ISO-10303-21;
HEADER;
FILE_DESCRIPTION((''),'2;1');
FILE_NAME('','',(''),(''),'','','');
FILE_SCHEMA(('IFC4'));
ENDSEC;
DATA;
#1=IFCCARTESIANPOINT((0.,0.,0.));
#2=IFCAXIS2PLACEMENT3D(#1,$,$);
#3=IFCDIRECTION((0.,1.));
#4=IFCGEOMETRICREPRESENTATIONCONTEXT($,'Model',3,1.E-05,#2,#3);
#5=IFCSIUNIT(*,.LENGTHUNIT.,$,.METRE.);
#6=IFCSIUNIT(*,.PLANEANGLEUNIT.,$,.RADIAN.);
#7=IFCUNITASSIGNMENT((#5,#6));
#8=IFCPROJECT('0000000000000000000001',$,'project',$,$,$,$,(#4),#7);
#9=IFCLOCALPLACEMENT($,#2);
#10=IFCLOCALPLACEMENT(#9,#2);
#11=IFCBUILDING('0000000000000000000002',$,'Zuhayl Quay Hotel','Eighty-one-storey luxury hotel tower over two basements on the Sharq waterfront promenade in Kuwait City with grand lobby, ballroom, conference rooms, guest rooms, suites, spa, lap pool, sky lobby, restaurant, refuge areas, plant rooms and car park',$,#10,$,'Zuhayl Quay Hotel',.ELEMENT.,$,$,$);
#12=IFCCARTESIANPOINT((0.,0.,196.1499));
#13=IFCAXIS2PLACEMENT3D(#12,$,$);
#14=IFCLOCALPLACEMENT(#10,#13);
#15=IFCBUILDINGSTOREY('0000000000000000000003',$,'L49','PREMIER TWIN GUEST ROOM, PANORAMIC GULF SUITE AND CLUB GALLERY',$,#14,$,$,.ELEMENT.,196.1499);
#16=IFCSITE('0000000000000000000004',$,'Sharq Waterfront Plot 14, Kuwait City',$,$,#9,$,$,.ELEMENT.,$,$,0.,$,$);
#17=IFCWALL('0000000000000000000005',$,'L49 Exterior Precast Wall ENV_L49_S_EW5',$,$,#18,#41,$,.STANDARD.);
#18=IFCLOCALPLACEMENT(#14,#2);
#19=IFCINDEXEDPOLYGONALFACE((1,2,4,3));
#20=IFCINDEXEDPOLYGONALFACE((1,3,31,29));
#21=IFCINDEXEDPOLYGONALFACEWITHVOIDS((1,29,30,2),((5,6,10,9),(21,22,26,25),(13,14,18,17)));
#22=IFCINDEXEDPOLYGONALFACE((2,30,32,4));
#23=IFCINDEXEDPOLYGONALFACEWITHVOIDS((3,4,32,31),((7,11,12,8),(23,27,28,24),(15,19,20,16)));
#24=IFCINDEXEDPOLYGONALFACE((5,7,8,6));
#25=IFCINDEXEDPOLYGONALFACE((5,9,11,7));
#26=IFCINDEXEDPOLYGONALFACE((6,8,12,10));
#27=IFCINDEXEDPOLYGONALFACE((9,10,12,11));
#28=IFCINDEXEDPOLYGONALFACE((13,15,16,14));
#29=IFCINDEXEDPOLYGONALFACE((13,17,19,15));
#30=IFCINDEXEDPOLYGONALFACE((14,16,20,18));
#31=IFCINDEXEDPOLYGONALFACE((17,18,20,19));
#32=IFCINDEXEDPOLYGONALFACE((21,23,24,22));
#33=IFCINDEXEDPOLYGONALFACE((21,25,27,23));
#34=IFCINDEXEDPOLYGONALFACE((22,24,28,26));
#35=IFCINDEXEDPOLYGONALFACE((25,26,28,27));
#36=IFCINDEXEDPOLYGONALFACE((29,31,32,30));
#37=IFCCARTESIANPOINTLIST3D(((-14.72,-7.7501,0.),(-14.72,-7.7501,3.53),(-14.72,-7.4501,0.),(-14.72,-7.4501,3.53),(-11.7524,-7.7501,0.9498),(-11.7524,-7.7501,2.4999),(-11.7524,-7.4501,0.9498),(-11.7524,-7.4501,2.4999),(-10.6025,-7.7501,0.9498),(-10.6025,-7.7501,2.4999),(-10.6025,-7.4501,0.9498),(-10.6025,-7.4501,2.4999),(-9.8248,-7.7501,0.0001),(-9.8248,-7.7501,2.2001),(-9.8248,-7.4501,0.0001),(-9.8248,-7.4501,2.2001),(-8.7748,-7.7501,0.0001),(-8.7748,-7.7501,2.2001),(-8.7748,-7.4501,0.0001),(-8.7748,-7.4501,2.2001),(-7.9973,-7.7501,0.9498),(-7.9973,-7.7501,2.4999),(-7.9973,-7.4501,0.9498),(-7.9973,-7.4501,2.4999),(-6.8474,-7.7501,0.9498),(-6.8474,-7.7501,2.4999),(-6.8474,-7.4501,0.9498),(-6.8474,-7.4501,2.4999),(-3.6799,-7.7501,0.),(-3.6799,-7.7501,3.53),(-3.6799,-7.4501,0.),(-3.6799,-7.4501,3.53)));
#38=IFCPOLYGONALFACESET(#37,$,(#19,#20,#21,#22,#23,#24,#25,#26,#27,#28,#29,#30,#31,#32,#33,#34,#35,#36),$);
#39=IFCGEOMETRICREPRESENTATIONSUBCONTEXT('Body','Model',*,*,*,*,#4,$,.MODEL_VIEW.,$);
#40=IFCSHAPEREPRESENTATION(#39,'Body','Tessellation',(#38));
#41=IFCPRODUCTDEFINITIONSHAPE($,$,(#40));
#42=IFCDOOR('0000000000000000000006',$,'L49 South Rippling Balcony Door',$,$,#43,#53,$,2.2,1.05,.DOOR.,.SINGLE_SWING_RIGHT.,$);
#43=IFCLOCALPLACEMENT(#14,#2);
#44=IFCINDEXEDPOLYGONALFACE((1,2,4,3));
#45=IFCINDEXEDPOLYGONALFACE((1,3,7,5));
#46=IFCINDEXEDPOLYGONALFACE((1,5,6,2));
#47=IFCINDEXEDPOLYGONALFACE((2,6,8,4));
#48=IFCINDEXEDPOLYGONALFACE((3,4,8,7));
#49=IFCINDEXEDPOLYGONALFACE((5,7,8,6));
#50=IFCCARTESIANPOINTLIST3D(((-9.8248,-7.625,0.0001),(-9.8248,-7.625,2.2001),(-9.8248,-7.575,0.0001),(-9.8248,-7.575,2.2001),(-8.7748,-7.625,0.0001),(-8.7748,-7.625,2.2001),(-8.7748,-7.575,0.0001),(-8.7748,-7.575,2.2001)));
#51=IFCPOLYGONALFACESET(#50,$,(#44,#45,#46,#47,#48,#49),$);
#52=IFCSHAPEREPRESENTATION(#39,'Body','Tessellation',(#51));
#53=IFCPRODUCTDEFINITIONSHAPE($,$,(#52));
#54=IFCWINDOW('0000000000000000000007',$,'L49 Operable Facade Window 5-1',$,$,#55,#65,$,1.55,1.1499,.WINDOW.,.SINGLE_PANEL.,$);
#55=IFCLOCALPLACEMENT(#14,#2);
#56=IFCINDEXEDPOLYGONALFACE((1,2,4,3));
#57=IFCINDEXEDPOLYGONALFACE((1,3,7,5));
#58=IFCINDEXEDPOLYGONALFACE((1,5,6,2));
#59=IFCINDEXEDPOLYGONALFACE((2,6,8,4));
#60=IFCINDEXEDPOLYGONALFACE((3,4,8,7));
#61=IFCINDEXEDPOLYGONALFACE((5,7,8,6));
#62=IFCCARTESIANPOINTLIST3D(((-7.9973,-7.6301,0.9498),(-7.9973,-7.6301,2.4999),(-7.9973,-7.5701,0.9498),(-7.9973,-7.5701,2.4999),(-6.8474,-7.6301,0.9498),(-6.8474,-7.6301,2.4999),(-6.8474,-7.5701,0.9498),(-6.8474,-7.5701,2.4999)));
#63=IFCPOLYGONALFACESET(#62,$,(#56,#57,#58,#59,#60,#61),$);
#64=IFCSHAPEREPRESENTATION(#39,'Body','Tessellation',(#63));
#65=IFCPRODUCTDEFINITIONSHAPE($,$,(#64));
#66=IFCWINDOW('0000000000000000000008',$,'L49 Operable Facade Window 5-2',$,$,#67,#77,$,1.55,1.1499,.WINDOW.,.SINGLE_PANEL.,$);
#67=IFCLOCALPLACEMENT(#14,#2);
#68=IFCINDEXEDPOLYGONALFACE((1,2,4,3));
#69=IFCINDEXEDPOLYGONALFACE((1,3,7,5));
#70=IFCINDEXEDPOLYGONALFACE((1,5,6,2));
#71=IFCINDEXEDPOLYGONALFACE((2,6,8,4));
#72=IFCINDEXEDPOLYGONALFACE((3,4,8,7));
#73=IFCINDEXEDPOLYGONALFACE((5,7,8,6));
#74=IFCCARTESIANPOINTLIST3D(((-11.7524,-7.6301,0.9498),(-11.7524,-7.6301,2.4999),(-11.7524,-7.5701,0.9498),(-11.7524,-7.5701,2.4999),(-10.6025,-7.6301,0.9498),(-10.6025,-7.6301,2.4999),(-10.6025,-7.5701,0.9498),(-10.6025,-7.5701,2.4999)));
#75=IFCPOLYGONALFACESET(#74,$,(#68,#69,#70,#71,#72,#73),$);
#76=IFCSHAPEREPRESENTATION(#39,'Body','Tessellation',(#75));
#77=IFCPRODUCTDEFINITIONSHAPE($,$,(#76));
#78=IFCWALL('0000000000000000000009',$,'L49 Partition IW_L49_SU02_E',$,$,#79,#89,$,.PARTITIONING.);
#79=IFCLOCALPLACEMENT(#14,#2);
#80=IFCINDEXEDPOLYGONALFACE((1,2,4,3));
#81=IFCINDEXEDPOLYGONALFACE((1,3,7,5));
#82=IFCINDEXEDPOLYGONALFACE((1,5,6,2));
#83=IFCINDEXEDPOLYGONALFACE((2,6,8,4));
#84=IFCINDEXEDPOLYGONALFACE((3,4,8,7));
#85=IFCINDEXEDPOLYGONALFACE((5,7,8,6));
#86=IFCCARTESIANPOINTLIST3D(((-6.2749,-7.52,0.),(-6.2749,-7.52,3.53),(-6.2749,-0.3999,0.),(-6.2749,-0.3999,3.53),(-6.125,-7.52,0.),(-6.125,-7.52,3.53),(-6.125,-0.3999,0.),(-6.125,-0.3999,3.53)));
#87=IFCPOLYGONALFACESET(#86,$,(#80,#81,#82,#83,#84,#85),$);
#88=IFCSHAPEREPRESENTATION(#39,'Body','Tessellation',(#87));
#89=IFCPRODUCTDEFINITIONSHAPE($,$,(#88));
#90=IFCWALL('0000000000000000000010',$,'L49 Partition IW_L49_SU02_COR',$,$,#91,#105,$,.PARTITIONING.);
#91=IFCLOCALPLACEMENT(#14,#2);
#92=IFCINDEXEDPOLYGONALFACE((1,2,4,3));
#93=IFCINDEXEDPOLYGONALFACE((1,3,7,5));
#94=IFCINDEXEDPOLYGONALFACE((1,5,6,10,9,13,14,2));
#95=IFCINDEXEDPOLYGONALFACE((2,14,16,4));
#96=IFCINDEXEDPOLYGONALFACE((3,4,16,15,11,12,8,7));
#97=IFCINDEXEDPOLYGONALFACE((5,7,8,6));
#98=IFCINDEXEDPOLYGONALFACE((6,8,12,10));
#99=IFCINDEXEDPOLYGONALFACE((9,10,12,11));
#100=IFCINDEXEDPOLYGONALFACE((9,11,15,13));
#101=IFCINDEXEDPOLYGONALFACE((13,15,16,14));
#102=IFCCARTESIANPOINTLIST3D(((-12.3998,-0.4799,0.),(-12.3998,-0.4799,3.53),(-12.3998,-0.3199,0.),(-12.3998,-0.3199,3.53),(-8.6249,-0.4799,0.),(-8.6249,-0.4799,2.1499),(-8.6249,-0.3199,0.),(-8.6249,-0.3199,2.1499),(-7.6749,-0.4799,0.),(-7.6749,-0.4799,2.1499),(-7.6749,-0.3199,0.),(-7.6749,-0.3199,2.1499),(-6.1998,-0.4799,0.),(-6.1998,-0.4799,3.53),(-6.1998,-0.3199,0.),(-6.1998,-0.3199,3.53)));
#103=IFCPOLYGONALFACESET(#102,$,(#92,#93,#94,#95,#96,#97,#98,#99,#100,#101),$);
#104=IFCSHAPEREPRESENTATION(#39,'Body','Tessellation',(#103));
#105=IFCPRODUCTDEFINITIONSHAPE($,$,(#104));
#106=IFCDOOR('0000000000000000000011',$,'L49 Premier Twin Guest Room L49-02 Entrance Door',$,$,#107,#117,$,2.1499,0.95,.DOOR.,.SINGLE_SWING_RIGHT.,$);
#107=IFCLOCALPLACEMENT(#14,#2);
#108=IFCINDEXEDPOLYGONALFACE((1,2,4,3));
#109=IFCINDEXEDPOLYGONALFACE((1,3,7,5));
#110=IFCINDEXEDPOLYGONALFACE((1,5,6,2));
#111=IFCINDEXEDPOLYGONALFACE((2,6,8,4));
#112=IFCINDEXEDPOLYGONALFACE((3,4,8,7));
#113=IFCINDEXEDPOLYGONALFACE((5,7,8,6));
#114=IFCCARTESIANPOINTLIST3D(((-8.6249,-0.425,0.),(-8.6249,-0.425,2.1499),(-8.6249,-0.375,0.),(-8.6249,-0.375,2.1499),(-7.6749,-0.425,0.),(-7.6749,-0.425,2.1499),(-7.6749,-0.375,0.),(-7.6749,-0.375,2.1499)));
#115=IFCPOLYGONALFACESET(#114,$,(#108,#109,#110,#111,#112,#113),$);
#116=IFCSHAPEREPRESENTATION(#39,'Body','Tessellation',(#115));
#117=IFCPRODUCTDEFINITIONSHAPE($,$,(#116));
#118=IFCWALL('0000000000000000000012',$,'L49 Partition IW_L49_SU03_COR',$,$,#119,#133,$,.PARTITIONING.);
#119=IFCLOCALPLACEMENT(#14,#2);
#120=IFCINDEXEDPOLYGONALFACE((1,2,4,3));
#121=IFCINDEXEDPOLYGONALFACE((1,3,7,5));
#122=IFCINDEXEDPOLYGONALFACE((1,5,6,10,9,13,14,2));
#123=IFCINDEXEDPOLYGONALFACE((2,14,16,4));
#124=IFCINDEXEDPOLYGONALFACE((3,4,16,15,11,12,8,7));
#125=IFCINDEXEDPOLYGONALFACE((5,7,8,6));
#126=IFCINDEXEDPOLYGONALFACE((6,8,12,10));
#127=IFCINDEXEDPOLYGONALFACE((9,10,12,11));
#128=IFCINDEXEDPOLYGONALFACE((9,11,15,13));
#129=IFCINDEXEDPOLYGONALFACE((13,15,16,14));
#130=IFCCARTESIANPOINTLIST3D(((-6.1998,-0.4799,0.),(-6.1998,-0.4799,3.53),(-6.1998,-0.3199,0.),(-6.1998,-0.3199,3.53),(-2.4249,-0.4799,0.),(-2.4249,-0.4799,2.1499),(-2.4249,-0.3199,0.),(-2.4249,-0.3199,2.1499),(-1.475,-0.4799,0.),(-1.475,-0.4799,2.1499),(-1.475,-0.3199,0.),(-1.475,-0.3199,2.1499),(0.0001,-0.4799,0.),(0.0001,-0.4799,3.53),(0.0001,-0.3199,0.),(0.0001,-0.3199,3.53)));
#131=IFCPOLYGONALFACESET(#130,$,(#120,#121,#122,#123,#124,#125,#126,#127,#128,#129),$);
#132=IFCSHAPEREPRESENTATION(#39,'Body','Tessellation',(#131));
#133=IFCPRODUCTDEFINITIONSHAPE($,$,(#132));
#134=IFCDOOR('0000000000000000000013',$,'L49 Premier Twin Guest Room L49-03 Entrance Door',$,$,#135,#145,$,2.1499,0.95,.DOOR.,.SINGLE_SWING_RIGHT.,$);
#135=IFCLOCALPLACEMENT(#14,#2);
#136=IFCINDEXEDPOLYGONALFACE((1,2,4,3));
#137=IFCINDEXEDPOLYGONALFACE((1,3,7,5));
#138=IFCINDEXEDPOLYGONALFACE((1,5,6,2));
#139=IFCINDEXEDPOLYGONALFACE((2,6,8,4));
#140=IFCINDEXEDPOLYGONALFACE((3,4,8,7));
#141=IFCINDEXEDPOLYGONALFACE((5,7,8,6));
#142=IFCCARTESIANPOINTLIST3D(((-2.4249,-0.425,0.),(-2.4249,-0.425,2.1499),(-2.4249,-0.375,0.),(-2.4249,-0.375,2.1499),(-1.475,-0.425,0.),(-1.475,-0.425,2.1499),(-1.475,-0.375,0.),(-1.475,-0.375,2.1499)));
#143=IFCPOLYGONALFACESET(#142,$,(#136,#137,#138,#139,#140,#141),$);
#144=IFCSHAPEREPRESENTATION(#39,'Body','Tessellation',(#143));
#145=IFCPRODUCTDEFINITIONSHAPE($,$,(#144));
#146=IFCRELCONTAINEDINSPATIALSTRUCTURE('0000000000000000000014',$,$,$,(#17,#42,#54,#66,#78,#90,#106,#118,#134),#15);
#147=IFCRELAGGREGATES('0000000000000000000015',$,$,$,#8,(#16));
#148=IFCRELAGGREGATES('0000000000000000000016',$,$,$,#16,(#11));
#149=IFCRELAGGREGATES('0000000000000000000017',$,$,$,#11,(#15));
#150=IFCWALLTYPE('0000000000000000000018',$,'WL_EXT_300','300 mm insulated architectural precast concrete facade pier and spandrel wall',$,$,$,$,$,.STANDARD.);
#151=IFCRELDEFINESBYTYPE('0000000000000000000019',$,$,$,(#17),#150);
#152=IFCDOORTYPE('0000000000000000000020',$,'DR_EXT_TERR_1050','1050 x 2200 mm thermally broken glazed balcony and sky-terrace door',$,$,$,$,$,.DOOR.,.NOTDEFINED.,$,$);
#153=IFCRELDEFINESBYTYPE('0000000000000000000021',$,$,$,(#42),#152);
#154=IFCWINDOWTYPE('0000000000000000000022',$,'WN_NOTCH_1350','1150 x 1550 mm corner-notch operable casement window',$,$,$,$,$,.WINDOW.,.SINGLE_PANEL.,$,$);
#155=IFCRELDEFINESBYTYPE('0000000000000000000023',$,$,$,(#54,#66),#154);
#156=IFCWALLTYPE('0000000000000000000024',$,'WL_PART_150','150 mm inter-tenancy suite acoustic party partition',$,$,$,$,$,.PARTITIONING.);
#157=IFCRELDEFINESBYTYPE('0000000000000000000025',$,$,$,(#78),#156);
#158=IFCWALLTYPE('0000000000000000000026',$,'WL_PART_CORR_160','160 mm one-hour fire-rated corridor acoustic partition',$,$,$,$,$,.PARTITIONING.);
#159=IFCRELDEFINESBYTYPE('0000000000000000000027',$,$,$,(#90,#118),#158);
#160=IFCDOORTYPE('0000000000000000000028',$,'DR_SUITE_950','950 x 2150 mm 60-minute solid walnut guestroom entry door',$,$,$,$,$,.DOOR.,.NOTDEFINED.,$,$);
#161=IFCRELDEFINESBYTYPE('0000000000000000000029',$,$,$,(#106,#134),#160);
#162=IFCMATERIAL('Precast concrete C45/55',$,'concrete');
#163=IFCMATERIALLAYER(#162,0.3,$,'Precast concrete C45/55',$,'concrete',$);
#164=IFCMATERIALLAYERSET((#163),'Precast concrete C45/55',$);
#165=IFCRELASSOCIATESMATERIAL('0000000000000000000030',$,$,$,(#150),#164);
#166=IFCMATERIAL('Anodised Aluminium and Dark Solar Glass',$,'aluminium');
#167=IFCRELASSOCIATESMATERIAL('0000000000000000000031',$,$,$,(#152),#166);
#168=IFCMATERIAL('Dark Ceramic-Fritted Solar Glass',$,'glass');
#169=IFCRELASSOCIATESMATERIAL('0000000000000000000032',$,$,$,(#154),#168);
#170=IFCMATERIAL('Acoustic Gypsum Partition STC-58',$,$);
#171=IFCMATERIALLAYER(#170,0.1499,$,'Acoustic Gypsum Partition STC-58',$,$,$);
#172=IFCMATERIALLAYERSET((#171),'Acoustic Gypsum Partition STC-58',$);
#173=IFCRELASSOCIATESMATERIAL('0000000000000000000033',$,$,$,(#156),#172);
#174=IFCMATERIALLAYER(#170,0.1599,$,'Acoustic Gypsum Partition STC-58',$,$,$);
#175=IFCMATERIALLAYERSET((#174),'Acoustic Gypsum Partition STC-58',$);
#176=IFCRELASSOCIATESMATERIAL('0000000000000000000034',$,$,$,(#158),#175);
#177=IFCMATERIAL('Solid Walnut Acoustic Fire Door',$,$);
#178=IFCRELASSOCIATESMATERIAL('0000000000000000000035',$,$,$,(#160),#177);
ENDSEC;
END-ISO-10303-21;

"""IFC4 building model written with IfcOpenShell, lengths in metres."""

from ifc_helpers import new_model, si_unit, direction, frame, frame_2d, origin, place, context, subcontext, project, spatial, rectangle, extrude, material, layer, layer_set, type_object, element, fill, save


model = new_model("IFC4")

# Units and contexts
model_context = context("Model", 3, precision=1e-05, world=origin(), true_north=direction((0.0, 1.0)))
body_context = subcontext(model_context, "Body", "Model", "MODEL_VIEW")
ifc_project = project(units=[si_unit("LENGTHUNIT", "METRE"), si_unit("PLANEANGLEUNIT", "RADIAN")], contexts=[model_context])

# Site, building, storey
site_placement = place(None, origin())
site = spatial("IfcSite", under=ifc_project, at=site_placement, Name="Sharq Waterfront Plot 14, Kuwait City", CompositionType="ELEMENT", RefElevation=0.0)
building_placement = place(site_placement, origin())
building = spatial("IfcBuilding", under=site, at=building_placement, Name="Zuhayl Quay Hotel", Description="Eighty-one-storey luxury hotel tower over two basements on the Sharq waterfront promenade in Kuwait City with grand lobby, ballroom, conference rooms, guest rooms, suites, spa, lap pool, sky lobby, restaurant, refuge areas, plant rooms and car park", LongName="Zuhayl Quay Hotel", CompositionType="ELEMENT")
storey_placement = place(building_placement, frame((0.0, 0.0, 196.1499)))
storey = spatial("IfcBuildingStorey", under=building, at=storey_placement, Name="L49", Description="PREMIER TWIN GUEST ROOM, PANORAMIC GULF SUITE AND CLUB GALLERY", CompositionType="ELEMENT", Elevation=196.1499)

# Shared definitions
ifc_material_1 = material(Name="Dark Ceramic-Fritted Solar Glass", Category="glass")

# Wall, openings, door, windows
ifc_material_2 = material(Name="Precast concrete C45/55", Category="concrete")
ifc_layer_1 = layer(ifc_material_2, 0.3, Name="Precast concrete C45/55", Category="concrete")
ifc_layer_set_1 = layer_set([ifc_layer_1], Name="Precast concrete C45/55")
wall_type_1 = type_object("IfcWallType", Name="WL_EXT_300", Description="300 mm insulated architectural precast concrete facade pier and spandrel wall", PredefinedType="STANDARD", material=ifc_layer_set_1)
wall_1_placement = place(storey_placement, frame((-3.6799, -7.6001, 0.0), z_axis=(0.0, 0.0, 1.0), x_axis=(-1.0, 0.0, 0.0)))
wall_1 = element("IfcWall", 1, at=wall_1_placement, inside=storey, type_object=wall_type_1, Name="L49 Exterior Precast Wall ENV_L49_S_EW5", PredefinedType="STANDARD", context=body_context, shape_type="SweptSolid", body=[
    extrude(rectangle(XDim=11.04, YDim=0.3, at=frame_2d((5.52, 0.0))), origin(), (0.0, 0.0, 1.0), 3.53),
])
opening_1_placement = place(wall_1_placement, frame((5.095, 0.0, 0.0)))
opening_1 = element("IfcOpeningElement", 2, at=opening_1_placement, cuts=wall_1, PredefinedType="OPENING", context=body_context, shape_type="SweptSolid", body=[
    extrude(rectangle(XDim=1.05, YDim=2.2, at=frame_2d((0.5249, 1.1001))), frame((0.0, 0.1599, 0.0), z_axis=(0.0, -1.0, 0.0), x_axis=(1.0, 0.0, 0.0)), (0.0, 0.0, 1.0), 0.3201),
])
opening_2_placement = place(wall_1_placement, frame((3.1675, 0.0, 0.95)))
opening_2 = element("IfcOpeningElement", 3, at=opening_2_placement, cuts=wall_1, PredefinedType="OPENING", context=body_context, shape_type="SweptSolid", body=[
    extrude(rectangle(XDim=1.1499, YDim=1.55, at=frame_2d((0.575, 0.7749))), frame((0.0, 0.1599, 0.0), z_axis=(0.0, -1.0, 0.0), x_axis=(1.0, 0.0, 0.0)), (0.0, 0.0, 1.0), 0.3201),
])
opening_3_placement = place(wall_1_placement, frame((6.9226, 0.0, 0.95)))
opening_3 = element("IfcOpeningElement", 4, at=opening_3_placement, cuts=wall_1, PredefinedType="OPENING", context=body_context, shape_type="SweptSolid", body=[
    extrude(rectangle(XDim=1.1499, YDim=1.55, at=frame_2d((0.575, 0.7749))), frame((0.0, 0.1599, 0.0), z_axis=(0.0, -1.0, 0.0), x_axis=(1.0, 0.0, 0.0)), (0.0, 0.0, 1.0), 0.3201),
])
ifc_material_3 = material(Name="Anodised Aluminium and Dark Solar Glass", Category="aluminium")
door_type_1 = type_object("IfcDoorType", Name="DR_EXT_TERR_1050", Description="1050 x 2200 mm thermally broken glazed balcony and sky-terrace door", OperationType="NOTDEFINED", PredefinedType="DOOR", material=ifc_material_3)
door_1_placement = place(opening_1_placement, origin())
door_1 = element("IfcDoor", 5, at=door_1_placement, inside=storey, type_object=door_type_1, Name="L49 South Rippling Balcony Door", OperationType="SINGLE_SWING_RIGHT", OverallHeight=2.2, OverallWidth=1.05, PredefinedType="DOOR", context=body_context, shape_type="SweptSolid", body=[
    extrude(rectangle(XDim=1.05, YDim=2.2, at=frame_2d((0.5249, 1.1001))), frame((0.0, 0.0249, 0.0), z_axis=(0.0, -1.0, 0.0), x_axis=(1.0, 0.0, 0.0)), (0.0, 0.0, 1.0), 0.05),
])
fill(opening_1, door_1)
window_type = type_object("IfcWindowType", Name="WN_NOTCH_1350", Description="1150 x 1550 mm corner-notch operable casement window", PartitioningType="SINGLE_PANEL", PredefinedType="WINDOW", material=ifc_material_1)
window_1_placement = place(opening_2_placement, origin())
window_1 = element("IfcWindow", 6, at=window_1_placement, inside=storey, type_object=window_type, Name="L49 Operable Facade Window 5-1", OverallHeight=1.55, OverallWidth=1.1499, PartitioningType="SINGLE_PANEL", PredefinedType="WINDOW", context=body_context, shape_type="SweptSolid", body=[
    extrude(rectangle(XDim=1.1499, YDim=1.55, at=frame_2d((0.575, 0.7749))), frame((0.0, 0.03, 0.0), z_axis=(0.0, -1.0, 0.0), x_axis=(1.0, 0.0, 0.0)), (0.0, 0.0, 1.0), 0.0601),
])
fill(opening_2, window_1)
window_2_placement = place(opening_3_placement, origin())
window_2 = element("IfcWindow", 7, at=window_2_placement, inside=storey, type_object=window_type, Name="L49 Operable Facade Window 5-2", OverallHeight=1.55, OverallWidth=1.1499, PartitioningType="SINGLE_PANEL", PredefinedType="WINDOW", context=body_context, shape_type="SweptSolid", body=[
    extrude(rectangle(XDim=1.1499, YDim=1.55, at=frame_2d((0.575, 0.7749))), frame((0.0, 0.03, 0.0), z_axis=(0.0, -1.0, 0.0), x_axis=(1.0, 0.0, 0.0)), (0.0, 0.0, 1.0), 0.0601),
])
fill(opening_3, window_2)

# Wall
ifc_material_4 = material(Name="Acoustic Gypsum Partition STC-58")
ifc_layer_2 = layer(ifc_material_4, 0.1499, Name="Acoustic Gypsum Partition STC-58")
ifc_layer_set_2 = layer_set([ifc_layer_2], Name="Acoustic Gypsum Partition STC-58")
wall_type_2 = type_object("IfcWallType", Name="WL_PART_150", Description="150 mm inter-tenancy suite acoustic party partition", PredefinedType="PARTITIONING", material=ifc_layer_set_2)
wall_2_placement = place(storey_placement, frame((-6.2, -7.52, 0.0), z_axis=(0.0, 0.0, 1.0), x_axis=(0.0, 1.0, 0.0)))
element("IfcWall", 8, at=wall_2_placement, inside=storey, type_object=wall_type_2, Name="L49 Partition IW_L49_SU02_E", PredefinedType="PARTITIONING", context=body_context, shape_type="SweptSolid", body=[
    extrude(rectangle(XDim=7.1201, YDim=0.1499, at=frame_2d((3.5601, 0.0))), origin(), (0.0, 0.0, 1.0), 3.53),
])

# Walls, openings, doors
ifc_layer_3 = layer(ifc_material_4, 0.1599, Name="Acoustic Gypsum Partition STC-58")
ifc_layer_set_3 = layer_set([ifc_layer_3], Name="Acoustic Gypsum Partition STC-58")
wall_type_3 = type_object("IfcWallType", Name="WL_PART_CORR_160", Description="160 mm one-hour fire-rated corridor acoustic partition", PredefinedType="PARTITIONING", material=ifc_layer_set_3)
wall_3_placement = place(storey_placement, frame((-12.3999, -0.3999, 0.0), z_axis=(0.0, 0.0, 1.0), x_axis=(1.0, 0.0, 0.0)))
wall_3 = element("IfcWall", 9, at=wall_3_placement, inside=storey, type_object=wall_type_3, Name="L49 Partition IW_L49_SU02_COR", PredefinedType="PARTITIONING", context=body_context, shape_type="SweptSolid", body=[
    extrude(rectangle(XDim=6.2, YDim=0.1599, at=frame_2d((3.1001, 0.0))), origin(), (0.0, 0.0, 1.0), 3.53),
])
opening_4_placement = place(wall_3_placement, frame((3.7749, 0.0, 0.0)))
opening_4 = element("IfcOpeningElement", 10, at=opening_4_placement, cuts=wall_3, PredefinedType="OPENING", context=body_context, shape_type="SweptSolid", body=[
    extrude(rectangle(XDim=0.95, YDim=2.1499, at=frame_2d((0.4751, 1.075))), frame((0.0, 0.0898, 0.0), z_axis=(0.0, -1.0, 0.0), x_axis=(1.0, 0.0, 0.0)), (0.0, 0.0, 1.0), 0.1799),
])
ifc_material_5 = material(Name="Solid Walnut Acoustic Fire Door")
door_type_2 = type_object("IfcDoorType", Name="DR_SUITE_950", Description="950 x 2150 mm 60-minute solid walnut guestroom entry door", OperationType="NOTDEFINED", PredefinedType="DOOR", material=ifc_material_5)
door_2_placement = place(opening_4_placement, origin())
door_2 = element("IfcDoor", 11, at=door_2_placement, inside=storey, type_object=door_type_2, Name="L49 Premier Twin Guest Room L49-02 Entrance Door", OperationType="SINGLE_SWING_RIGHT", OverallHeight=2.1499, OverallWidth=0.95, PredefinedType="DOOR", context=body_context, shape_type="SweptSolid", body=[
    extrude(rectangle(XDim=0.95, YDim=2.1499, at=frame_2d((0.4751, 1.075))), frame((0.0, 0.0249, 0.0), z_axis=(0.0, -1.0, 0.0), x_axis=(1.0, 0.0, 0.0)), (0.0, 0.0, 1.0), 0.05),
])
fill(opening_4, door_2)
wall_4_placement = place(storey_placement, frame((-6.2, -0.3999, 0.0), z_axis=(0.0, 0.0, 1.0), x_axis=(1.0, 0.0, 0.0)))
wall_4 = element("IfcWall", 12, at=wall_4_placement, inside=storey, type_object=wall_type_3, Name="L49 Partition IW_L49_SU03_COR", PredefinedType="PARTITIONING", context=body_context, shape_type="SweptSolid", body=[
    extrude(rectangle(XDim=6.2, YDim=0.1599, at=frame_2d((3.1001, 0.0))), origin(), (0.0, 0.0, 1.0), 3.53),
])
opening_5_placement = place(wall_4_placement, frame((3.7749, 0.0, 0.0)))
opening_5 = element("IfcOpeningElement", 13, at=opening_5_placement, cuts=wall_4, PredefinedType="OPENING", context=body_context, shape_type="SweptSolid", body=[
    extrude(rectangle(XDim=0.95, YDim=2.1499, at=frame_2d((0.4751, 1.075))), frame((0.0, 0.0898, 0.0), z_axis=(0.0, -1.0, 0.0), x_axis=(1.0, 0.0, 0.0)), (0.0, 0.0, 1.0), 0.1799),
])
door_3_placement = place(opening_5_placement, origin())
door_3 = element("IfcDoor", 14, at=door_3_placement, inside=storey, type_object=door_type_2, Name="L49 Premier Twin Guest Room L49-03 Entrance Door", OperationType="SINGLE_SWING_RIGHT", OverallHeight=2.1499, OverallWidth=0.95, PredefinedType="DOOR", context=body_context, shape_type="SweptSolid", body=[
    extrude(rectangle(XDim=0.95, YDim=2.1499, at=frame_2d((0.4751, 1.075))), frame((0.0, 0.0249, 0.0), z_axis=(0.0, -1.0, 0.0), x_axis=(1.0, 0.0, 0.0)), (0.0, 0.0, 1.0), 0.05),
])
fill(opening_5, door_3)

save(model, "model.ifc")
